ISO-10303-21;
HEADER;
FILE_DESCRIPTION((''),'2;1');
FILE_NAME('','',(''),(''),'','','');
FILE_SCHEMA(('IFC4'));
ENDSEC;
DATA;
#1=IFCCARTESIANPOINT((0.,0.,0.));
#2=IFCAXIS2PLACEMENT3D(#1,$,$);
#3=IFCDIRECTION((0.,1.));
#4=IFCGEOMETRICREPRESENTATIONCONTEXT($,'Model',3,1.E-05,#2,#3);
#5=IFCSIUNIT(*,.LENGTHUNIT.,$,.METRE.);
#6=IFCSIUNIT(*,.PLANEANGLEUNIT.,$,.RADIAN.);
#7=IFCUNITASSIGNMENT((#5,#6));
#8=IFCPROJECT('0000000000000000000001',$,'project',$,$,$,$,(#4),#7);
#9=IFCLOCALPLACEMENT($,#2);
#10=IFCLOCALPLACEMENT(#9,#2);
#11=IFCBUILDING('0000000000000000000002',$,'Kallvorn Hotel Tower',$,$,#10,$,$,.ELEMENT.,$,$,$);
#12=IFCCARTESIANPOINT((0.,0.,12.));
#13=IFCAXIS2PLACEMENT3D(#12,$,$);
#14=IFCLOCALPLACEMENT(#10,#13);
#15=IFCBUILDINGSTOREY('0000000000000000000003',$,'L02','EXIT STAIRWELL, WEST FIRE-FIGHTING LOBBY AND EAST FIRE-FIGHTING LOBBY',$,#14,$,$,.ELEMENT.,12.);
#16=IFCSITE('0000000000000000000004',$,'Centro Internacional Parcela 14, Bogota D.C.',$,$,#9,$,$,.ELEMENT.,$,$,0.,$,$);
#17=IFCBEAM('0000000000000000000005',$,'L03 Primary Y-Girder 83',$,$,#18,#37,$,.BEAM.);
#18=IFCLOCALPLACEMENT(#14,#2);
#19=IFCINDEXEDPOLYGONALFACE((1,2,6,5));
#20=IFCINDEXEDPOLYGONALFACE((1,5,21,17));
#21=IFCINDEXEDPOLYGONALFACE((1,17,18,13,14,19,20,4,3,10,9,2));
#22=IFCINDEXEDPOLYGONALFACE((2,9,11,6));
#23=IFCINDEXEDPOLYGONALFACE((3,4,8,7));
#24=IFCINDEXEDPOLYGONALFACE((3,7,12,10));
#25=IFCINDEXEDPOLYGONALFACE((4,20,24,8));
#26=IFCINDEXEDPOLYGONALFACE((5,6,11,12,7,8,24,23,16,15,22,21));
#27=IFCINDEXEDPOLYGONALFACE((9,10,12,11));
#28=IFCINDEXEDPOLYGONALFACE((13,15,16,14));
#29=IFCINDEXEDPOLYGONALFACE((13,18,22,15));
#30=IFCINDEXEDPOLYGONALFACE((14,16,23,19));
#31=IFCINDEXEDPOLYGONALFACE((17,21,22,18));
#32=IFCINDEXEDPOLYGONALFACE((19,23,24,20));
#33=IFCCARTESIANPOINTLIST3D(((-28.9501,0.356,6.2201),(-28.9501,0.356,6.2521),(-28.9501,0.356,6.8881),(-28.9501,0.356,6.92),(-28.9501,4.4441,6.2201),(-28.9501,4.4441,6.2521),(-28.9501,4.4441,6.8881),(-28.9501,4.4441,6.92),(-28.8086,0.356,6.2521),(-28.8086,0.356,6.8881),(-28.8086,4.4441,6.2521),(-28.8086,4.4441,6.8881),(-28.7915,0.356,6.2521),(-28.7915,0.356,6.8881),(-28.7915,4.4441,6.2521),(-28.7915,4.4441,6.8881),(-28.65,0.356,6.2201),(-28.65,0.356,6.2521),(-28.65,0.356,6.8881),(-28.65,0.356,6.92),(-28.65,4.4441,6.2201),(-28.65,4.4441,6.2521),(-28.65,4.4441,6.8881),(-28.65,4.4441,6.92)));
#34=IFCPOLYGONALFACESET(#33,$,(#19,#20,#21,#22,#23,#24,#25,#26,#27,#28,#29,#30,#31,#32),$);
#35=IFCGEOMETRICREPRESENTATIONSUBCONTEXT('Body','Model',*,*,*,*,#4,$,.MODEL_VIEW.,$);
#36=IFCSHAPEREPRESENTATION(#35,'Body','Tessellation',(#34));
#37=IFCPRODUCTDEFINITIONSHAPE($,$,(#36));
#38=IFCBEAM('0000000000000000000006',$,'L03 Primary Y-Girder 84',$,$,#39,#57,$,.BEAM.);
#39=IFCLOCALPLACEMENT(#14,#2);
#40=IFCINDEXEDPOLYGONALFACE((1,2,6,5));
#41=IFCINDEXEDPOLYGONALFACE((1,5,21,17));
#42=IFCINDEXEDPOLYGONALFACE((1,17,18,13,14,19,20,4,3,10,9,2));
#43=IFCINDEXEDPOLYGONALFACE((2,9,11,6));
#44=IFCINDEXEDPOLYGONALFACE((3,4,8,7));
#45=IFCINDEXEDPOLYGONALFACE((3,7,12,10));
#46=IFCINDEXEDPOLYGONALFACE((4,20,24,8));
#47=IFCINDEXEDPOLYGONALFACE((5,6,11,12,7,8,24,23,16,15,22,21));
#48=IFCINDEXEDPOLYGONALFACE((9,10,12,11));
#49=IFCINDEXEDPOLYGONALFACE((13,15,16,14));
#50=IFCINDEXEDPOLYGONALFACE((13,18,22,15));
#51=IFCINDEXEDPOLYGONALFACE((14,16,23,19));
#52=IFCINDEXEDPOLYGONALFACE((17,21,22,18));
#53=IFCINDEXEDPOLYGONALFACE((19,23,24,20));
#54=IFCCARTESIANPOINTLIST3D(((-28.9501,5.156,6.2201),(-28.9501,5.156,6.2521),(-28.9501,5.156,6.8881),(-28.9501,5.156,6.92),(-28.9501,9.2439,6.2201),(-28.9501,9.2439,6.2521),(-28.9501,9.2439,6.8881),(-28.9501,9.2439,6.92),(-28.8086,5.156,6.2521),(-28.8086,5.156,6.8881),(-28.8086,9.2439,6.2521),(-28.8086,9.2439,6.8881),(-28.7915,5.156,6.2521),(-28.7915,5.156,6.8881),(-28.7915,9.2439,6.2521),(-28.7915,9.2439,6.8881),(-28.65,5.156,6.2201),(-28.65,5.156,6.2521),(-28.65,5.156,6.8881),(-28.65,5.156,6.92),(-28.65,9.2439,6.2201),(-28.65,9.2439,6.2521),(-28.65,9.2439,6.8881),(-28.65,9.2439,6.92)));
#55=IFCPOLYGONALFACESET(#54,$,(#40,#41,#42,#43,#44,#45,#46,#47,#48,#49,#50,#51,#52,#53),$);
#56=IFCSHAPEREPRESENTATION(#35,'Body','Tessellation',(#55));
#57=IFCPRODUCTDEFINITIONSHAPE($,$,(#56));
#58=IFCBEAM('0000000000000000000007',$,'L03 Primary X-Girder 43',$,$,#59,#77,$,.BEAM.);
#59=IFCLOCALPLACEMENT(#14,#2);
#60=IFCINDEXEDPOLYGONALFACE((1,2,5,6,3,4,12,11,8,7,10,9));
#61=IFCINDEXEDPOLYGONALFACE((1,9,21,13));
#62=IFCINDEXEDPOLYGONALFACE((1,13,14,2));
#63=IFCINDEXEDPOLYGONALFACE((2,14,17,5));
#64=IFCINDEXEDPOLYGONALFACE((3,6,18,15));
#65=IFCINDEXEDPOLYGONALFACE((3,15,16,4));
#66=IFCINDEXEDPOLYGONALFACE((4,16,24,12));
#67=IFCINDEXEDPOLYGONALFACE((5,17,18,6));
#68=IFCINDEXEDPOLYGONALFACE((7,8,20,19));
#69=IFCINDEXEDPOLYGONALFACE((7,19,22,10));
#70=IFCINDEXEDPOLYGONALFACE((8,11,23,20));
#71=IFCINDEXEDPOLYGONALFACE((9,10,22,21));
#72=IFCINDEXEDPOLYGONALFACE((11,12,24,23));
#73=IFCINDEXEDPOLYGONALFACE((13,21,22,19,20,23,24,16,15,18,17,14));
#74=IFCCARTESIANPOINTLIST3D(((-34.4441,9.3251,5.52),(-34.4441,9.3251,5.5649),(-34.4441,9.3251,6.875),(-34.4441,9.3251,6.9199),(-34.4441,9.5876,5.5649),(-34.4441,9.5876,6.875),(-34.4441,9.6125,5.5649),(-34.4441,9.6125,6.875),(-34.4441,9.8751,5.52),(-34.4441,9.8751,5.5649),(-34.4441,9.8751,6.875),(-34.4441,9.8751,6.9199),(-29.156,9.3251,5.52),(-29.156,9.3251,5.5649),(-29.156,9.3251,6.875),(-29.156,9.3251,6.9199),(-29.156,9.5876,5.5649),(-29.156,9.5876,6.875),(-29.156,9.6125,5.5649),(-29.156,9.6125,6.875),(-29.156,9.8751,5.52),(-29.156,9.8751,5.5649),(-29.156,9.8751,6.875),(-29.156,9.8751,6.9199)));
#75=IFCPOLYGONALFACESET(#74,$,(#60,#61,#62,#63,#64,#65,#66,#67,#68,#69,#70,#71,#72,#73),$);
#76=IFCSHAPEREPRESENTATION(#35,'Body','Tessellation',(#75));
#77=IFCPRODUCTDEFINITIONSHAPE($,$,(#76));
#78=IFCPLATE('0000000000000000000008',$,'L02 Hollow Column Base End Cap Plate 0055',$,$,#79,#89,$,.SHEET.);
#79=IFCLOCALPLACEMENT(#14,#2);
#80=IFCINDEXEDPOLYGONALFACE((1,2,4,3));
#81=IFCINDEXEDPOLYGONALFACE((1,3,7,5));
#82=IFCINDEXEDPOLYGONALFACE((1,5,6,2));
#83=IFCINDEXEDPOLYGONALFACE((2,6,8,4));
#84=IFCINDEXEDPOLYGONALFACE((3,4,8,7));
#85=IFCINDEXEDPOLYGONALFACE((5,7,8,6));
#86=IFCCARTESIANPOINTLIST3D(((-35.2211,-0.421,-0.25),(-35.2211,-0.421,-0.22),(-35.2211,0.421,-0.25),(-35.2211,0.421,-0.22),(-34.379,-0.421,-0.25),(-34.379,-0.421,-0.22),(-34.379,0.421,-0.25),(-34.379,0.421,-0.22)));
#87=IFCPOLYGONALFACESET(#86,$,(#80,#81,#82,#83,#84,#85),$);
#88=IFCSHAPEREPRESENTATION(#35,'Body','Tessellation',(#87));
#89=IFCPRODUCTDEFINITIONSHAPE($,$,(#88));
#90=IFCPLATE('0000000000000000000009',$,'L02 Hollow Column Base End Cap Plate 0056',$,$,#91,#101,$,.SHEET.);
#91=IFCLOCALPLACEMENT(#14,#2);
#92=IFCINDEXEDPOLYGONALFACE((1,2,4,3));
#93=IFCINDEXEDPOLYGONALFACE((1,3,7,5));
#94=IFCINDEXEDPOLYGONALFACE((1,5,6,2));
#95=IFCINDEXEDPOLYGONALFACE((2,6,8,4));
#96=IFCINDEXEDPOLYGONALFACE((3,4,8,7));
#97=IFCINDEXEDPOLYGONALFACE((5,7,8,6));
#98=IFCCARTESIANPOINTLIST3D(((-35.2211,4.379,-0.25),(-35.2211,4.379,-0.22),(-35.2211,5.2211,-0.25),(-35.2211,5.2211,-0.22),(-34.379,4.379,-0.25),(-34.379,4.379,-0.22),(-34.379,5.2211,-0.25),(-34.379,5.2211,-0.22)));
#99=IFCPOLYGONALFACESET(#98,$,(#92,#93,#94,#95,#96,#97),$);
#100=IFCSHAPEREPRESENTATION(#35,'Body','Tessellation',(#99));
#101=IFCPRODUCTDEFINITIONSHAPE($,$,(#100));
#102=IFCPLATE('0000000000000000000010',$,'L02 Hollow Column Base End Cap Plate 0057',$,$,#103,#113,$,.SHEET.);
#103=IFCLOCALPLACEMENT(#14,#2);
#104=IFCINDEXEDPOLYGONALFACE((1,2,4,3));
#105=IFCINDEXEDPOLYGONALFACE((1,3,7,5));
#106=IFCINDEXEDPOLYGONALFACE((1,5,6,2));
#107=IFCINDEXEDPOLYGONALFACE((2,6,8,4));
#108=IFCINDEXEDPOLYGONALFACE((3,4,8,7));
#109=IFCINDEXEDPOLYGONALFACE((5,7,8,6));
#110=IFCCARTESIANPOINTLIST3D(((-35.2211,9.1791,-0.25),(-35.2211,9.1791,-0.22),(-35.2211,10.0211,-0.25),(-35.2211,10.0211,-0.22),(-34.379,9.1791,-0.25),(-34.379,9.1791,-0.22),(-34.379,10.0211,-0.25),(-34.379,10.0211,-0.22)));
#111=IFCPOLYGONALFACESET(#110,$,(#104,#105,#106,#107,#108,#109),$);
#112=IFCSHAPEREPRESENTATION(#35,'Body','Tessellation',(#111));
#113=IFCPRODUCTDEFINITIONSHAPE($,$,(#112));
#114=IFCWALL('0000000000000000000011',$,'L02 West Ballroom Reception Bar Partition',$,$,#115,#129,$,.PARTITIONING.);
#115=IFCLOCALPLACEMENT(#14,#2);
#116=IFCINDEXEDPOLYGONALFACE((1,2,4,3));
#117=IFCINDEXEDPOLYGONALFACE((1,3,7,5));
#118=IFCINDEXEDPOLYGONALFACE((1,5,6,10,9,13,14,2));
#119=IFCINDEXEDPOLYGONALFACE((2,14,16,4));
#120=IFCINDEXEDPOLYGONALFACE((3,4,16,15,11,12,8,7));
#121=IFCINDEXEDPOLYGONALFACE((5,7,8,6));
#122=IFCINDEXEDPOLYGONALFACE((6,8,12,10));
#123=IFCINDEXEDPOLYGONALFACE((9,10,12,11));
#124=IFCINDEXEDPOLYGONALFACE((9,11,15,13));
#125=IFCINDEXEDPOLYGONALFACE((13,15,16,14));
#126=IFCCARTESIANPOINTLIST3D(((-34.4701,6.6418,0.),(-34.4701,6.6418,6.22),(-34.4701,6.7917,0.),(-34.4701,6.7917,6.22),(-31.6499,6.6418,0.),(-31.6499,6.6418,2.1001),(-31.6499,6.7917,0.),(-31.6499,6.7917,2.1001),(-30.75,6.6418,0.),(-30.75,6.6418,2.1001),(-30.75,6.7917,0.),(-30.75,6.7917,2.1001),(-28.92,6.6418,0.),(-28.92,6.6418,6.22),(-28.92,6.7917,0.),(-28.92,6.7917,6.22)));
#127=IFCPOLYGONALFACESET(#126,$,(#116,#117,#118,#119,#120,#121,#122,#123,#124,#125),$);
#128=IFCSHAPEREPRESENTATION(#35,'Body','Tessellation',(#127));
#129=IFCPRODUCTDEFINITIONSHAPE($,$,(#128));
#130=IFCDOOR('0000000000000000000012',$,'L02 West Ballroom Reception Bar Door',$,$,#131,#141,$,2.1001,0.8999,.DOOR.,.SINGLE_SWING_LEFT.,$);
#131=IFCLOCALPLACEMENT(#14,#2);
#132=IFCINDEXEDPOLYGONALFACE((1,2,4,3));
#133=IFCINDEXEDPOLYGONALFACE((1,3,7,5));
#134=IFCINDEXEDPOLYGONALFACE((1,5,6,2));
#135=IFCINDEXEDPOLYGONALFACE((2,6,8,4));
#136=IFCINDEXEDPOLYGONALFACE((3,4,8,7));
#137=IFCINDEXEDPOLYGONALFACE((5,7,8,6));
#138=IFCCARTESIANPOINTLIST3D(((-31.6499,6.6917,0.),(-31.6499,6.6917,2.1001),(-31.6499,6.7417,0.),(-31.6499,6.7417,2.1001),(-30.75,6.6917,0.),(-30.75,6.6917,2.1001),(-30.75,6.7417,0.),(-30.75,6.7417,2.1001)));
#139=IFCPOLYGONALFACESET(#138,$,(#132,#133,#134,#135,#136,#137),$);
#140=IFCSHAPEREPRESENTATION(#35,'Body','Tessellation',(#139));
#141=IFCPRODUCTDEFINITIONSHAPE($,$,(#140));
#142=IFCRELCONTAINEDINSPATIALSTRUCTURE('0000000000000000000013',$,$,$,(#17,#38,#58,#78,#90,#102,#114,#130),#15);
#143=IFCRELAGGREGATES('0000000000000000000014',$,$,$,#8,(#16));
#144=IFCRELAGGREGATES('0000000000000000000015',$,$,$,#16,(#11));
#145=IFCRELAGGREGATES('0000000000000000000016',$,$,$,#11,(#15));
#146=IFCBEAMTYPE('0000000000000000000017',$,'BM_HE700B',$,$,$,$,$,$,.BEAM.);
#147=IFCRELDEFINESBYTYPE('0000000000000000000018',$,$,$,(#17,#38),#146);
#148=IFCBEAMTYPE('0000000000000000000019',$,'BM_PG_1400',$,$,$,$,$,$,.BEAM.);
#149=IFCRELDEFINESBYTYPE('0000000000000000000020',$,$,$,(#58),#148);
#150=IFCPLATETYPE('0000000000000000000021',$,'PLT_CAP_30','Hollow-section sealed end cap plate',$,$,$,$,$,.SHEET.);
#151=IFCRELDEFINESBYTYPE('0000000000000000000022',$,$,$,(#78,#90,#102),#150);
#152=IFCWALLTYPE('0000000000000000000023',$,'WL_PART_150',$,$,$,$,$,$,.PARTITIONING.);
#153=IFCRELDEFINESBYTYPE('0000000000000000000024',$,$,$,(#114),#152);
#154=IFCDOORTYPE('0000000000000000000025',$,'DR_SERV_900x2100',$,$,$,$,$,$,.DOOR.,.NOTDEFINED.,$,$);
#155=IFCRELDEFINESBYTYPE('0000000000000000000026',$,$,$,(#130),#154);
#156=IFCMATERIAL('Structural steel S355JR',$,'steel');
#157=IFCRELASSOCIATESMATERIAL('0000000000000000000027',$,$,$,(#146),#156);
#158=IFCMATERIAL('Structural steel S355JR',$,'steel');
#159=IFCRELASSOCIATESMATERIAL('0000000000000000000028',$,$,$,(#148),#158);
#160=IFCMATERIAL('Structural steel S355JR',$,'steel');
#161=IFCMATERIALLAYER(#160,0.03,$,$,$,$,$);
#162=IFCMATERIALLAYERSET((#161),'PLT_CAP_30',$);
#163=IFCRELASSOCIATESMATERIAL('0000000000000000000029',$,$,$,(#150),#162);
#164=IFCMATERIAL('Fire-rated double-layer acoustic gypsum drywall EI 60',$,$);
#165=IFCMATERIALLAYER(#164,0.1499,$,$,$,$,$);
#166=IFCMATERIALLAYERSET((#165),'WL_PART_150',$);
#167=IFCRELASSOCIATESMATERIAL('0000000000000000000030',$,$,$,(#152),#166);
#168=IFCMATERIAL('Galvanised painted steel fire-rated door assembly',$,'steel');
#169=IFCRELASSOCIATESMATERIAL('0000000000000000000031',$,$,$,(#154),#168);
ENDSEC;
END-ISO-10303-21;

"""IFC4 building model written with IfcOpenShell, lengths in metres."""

from ifc_helpers import new_model, si_unit, direction, frame, frame_2d, origin, origin_2d, place, context, subcontext, project, spatial, rectangle, i_section, extrude, material, layer, layer_set, material_profile, profile_set, type_object, element, fill, save


model = new_model("IFC4")

# Units and contexts
model_context = context("Model", 3, precision=1e-05, world=origin(), true_north=direction((0.0, 1.0)))
body_context = subcontext(model_context, "Body", "Model", "MODEL_VIEW")
ifc_project = project(units=[si_unit("LENGTHUNIT", "METRE"), si_unit("PLANEANGLEUNIT", "RADIAN")], contexts=[model_context])

# Site, building, storey
site_placement = place(None, origin())
site = spatial("IfcSite", under=ifc_project, at=site_placement, Name="Centro Internacional Parcela 14, Bogota D.C.", CompositionType="ELEMENT", RefElevation=0.0)
building_placement = place(site_placement, origin())
building = spatial("IfcBuilding", under=site, at=building_placement, Name="Kallvorn Hotel Tower", CompositionType="ELEMENT")
storey_placement = place(building_placement, frame((0.0, 0.0, 12.0)))
storey = spatial("IfcBuildingStorey", under=building, at=storey_placement, Name="L02", Description="EXIT STAIRWELL, WEST FIRE-FIGHTING LOBBY AND EAST FIRE-FIGHTING LOBBY", CompositionType="ELEMENT", Elevation=12.0)

# Beams
ifc_material_1 = material(Name="Structural steel S355JR", Category="steel")
ifc_material_profile_1 = material_profile(ifc_material_1, i_section(OverallWidth=0.3, OverallDepth=0.7, WebThickness=0.0171, FlangeThickness=0.032, at=origin_2d()), Name="HE 700 B")
ifc_profile_set_1 = profile_set([ifc_material_profile_1], Name="Structural steel S355JR")
beam_type_1 = type_object("IfcBeamType", Name="BM_HE700B", PredefinedType="BEAM", material=ifc_profile_set_1)
beam_1_placement = place(storey_placement, frame((-28.8, 0.356, 6.5701), z_axis=(0.0, 1.0, 0.0), x_axis=(-1.0, 0.0, 0.0)))
element("IfcBeam", 1, at=beam_1_placement, inside=storey, type_object=beam_type_1, Name="L03 Primary Y-Girder 83", PredefinedType="BEAM", context=body_context, shape_type="SweptSolid", body=[
    extrude(i_section(OverallWidth=0.3, OverallDepth=0.7, WebThickness=0.0171, FlangeThickness=0.032, at=origin_2d()), origin(), (0.0, 0.0, 1.0), 4.0881),
])
beam_2_placement = place(storey_placement, frame((-28.8, 5.156, 6.5701), z_axis=(0.0, 1.0, 0.0), x_axis=(-1.0, 0.0, 0.0)))
element("IfcBeam", 2, at=beam_2_placement, inside=storey, type_object=beam_type_1, Name="L03 Primary Y-Girder 84", PredefinedType="BEAM", context=body_context, shape_type="SweptSolid", body=[
    extrude(i_section(OverallWidth=0.3, OverallDepth=0.7, WebThickness=0.0171, FlangeThickness=0.032, at=origin_2d()), origin(), (0.0, 0.0, 1.0), 4.0879),
])
ifc_material_2 = material(Name="Structural steel S355JR", Category="steel")
ifc_material_profile_2 = material_profile(ifc_material_2, i_section(OverallWidth=0.55, OverallDepth=1.3999, WebThickness=0.0249, FlangeThickness=0.0449, at=origin_2d()), Name="PG 1400x550x25x45")
ifc_profile_set_2 = profile_set([ifc_material_profile_2], Name="Structural steel S355JR")
beam_type_2 = type_object("IfcBeamType", Name="BM_PG_1400", PredefinedType="BEAM", material=ifc_profile_set_2)
beam_3_placement = place(storey_placement, frame((-34.4441, 9.6001, 6.22), z_axis=(1.0, 0.0, 0.0), x_axis=(0.0, 1.0, 0.0)))
element("IfcBeam", 3, at=beam_3_placement, inside=storey, type_object=beam_type_2, Name="L03 Primary X-Girder 43", PredefinedType="BEAM", context=body_context, shape_type="SweptSolid", body=[
    extrude(i_section(OverallWidth=0.55, OverallDepth=1.3999, WebThickness=0.0249, FlangeThickness=0.0449, at=origin_2d()), origin(), (0.0, 0.0, 1.0), 5.2881),
])

# Plates
ifc_material_3 = material(Name="Structural steel S355JR", Category="steel")
ifc_layer_1 = layer(ifc_material_3, 0.03)
ifc_layer_set_1 = layer_set([ifc_layer_1], Name="PLT_CAP_30")
plate_type = type_object("IfcPlateType", Name="PLT_CAP_30", Description="Hollow-section sealed end cap plate", PredefinedType="SHEET", material=ifc_layer_set_1)
for number, where, z_axis, x_axis, name in (
    (4, (-34.8, 0.0, -0.25), (0.0, 0.0, 1.0), (1.0, 0.0, 0.0), "L02 Hollow Column Base End Cap Plate 0055"),
    (5, (-34.8, 4.8, -0.25), (0.0, 0.0, 1.0), (1.0, 0.0, 0.0), "L02 Hollow Column Base End Cap Plate 0056"),
    (6, (-34.8, 9.6001, -0.25), (0.0, 0.0, 1.0), (1.0, 0.0, 0.0), "L02 Hollow Column Base End Cap Plate 0057"),
):
    element("IfcPlate", number, at=place(storey_placement, frame(where, z_axis=z_axis, x_axis=x_axis)), inside=storey, type_object=plate_type, Name=name, PredefinedType="SHEET", context=body_context, shape_type="SweptSolid", body=[
        extrude(rectangle(XDim=0.842, YDim=0.842, at=origin_2d()), origin(), (0.0, 0.0, 1.0), 0.03),
    ])

# Wall, opening, door
ifc_material_4 = material(Name="Fire-rated double-layer acoustic gypsum drywall EI 60")
ifc_layer_2 = layer(ifc_material_4, 0.1499)
ifc_layer_set_2 = layer_set([ifc_layer_2], Name="WL_PART_150")
wall_type = type_object("IfcWallType", Name="WL_PART_150", PredefinedType="PARTITIONING", material=ifc_layer_set_2)
wall_1_placement = place(storey_placement, frame((-34.47, 6.7168, 0.0), z_axis=(0.0, 0.0, 1.0), x_axis=(1.0, 0.0, 0.0)))
wall_1 = element("IfcWall", 7, at=wall_1_placement, inside=storey, type_object=wall_type, Name="L02 West Ballroom Reception Bar Partition", PredefinedType="PARTITIONING", context=body_context, shape_type="SweptSolid", body=[
    extrude(rectangle(XDim=5.55, YDim=0.1499, at=frame_2d((2.7749, 0.0))), origin(), (0.0, 0.0, 1.0), 6.22),
])
opening_1_placement = place(wall_1_placement, frame((2.8201, 0.0, 0.0)))
opening_1 = element("IfcOpeningElement", 8, at=opening_1_placement, cuts=wall_1, PredefinedType="OPENING", context=body_context, shape_type="SweptSolid", body=[
    extrude(rectangle(XDim=0.8999, YDim=2.1001, at=frame_2d((0.45, 1.05))), frame((0.0, 0.0898, 0.0), z_axis=(0.0, -1.0, 0.0), x_axis=(1.0, 0.0, 0.0)), (0.0, 0.0, 1.0), 0.1799),
])
ifc_material_5 = material(Name="Galvanised painted steel fire-rated door assembly", Category="steel")
door_type_1 = type_object("IfcDoorType", Name="DR_SERV_900x2100", OperationType="NOTDEFINED", PredefinedType="DOOR", material=ifc_material_5)
door_1_placement = place(opening_1_placement, origin())
door_1 = element("IfcDoor", 9, at=door_1_placement, inside=storey, type_object=door_type_1, Name="L02 West Ballroom Reception Bar Door", OperationType="SINGLE_SWING_LEFT", OverallHeight=2.1001, OverallWidth=0.8999, PredefinedType="DOOR", context=body_context, shape_type="SweptSolid", body=[
    extrude(rectangle(XDim=0.8999, YDim=2.1001, at=frame_2d((0.45, 1.05))), frame((0.0, 0.0249, 0.0), z_axis=(0.0, -1.0, 0.0), x_axis=(1.0, 0.0, 0.0)), (0.0, 0.0, 1.0), 0.05),
])
fill(opening_1, door_1)

save(model, "model.ifc")
